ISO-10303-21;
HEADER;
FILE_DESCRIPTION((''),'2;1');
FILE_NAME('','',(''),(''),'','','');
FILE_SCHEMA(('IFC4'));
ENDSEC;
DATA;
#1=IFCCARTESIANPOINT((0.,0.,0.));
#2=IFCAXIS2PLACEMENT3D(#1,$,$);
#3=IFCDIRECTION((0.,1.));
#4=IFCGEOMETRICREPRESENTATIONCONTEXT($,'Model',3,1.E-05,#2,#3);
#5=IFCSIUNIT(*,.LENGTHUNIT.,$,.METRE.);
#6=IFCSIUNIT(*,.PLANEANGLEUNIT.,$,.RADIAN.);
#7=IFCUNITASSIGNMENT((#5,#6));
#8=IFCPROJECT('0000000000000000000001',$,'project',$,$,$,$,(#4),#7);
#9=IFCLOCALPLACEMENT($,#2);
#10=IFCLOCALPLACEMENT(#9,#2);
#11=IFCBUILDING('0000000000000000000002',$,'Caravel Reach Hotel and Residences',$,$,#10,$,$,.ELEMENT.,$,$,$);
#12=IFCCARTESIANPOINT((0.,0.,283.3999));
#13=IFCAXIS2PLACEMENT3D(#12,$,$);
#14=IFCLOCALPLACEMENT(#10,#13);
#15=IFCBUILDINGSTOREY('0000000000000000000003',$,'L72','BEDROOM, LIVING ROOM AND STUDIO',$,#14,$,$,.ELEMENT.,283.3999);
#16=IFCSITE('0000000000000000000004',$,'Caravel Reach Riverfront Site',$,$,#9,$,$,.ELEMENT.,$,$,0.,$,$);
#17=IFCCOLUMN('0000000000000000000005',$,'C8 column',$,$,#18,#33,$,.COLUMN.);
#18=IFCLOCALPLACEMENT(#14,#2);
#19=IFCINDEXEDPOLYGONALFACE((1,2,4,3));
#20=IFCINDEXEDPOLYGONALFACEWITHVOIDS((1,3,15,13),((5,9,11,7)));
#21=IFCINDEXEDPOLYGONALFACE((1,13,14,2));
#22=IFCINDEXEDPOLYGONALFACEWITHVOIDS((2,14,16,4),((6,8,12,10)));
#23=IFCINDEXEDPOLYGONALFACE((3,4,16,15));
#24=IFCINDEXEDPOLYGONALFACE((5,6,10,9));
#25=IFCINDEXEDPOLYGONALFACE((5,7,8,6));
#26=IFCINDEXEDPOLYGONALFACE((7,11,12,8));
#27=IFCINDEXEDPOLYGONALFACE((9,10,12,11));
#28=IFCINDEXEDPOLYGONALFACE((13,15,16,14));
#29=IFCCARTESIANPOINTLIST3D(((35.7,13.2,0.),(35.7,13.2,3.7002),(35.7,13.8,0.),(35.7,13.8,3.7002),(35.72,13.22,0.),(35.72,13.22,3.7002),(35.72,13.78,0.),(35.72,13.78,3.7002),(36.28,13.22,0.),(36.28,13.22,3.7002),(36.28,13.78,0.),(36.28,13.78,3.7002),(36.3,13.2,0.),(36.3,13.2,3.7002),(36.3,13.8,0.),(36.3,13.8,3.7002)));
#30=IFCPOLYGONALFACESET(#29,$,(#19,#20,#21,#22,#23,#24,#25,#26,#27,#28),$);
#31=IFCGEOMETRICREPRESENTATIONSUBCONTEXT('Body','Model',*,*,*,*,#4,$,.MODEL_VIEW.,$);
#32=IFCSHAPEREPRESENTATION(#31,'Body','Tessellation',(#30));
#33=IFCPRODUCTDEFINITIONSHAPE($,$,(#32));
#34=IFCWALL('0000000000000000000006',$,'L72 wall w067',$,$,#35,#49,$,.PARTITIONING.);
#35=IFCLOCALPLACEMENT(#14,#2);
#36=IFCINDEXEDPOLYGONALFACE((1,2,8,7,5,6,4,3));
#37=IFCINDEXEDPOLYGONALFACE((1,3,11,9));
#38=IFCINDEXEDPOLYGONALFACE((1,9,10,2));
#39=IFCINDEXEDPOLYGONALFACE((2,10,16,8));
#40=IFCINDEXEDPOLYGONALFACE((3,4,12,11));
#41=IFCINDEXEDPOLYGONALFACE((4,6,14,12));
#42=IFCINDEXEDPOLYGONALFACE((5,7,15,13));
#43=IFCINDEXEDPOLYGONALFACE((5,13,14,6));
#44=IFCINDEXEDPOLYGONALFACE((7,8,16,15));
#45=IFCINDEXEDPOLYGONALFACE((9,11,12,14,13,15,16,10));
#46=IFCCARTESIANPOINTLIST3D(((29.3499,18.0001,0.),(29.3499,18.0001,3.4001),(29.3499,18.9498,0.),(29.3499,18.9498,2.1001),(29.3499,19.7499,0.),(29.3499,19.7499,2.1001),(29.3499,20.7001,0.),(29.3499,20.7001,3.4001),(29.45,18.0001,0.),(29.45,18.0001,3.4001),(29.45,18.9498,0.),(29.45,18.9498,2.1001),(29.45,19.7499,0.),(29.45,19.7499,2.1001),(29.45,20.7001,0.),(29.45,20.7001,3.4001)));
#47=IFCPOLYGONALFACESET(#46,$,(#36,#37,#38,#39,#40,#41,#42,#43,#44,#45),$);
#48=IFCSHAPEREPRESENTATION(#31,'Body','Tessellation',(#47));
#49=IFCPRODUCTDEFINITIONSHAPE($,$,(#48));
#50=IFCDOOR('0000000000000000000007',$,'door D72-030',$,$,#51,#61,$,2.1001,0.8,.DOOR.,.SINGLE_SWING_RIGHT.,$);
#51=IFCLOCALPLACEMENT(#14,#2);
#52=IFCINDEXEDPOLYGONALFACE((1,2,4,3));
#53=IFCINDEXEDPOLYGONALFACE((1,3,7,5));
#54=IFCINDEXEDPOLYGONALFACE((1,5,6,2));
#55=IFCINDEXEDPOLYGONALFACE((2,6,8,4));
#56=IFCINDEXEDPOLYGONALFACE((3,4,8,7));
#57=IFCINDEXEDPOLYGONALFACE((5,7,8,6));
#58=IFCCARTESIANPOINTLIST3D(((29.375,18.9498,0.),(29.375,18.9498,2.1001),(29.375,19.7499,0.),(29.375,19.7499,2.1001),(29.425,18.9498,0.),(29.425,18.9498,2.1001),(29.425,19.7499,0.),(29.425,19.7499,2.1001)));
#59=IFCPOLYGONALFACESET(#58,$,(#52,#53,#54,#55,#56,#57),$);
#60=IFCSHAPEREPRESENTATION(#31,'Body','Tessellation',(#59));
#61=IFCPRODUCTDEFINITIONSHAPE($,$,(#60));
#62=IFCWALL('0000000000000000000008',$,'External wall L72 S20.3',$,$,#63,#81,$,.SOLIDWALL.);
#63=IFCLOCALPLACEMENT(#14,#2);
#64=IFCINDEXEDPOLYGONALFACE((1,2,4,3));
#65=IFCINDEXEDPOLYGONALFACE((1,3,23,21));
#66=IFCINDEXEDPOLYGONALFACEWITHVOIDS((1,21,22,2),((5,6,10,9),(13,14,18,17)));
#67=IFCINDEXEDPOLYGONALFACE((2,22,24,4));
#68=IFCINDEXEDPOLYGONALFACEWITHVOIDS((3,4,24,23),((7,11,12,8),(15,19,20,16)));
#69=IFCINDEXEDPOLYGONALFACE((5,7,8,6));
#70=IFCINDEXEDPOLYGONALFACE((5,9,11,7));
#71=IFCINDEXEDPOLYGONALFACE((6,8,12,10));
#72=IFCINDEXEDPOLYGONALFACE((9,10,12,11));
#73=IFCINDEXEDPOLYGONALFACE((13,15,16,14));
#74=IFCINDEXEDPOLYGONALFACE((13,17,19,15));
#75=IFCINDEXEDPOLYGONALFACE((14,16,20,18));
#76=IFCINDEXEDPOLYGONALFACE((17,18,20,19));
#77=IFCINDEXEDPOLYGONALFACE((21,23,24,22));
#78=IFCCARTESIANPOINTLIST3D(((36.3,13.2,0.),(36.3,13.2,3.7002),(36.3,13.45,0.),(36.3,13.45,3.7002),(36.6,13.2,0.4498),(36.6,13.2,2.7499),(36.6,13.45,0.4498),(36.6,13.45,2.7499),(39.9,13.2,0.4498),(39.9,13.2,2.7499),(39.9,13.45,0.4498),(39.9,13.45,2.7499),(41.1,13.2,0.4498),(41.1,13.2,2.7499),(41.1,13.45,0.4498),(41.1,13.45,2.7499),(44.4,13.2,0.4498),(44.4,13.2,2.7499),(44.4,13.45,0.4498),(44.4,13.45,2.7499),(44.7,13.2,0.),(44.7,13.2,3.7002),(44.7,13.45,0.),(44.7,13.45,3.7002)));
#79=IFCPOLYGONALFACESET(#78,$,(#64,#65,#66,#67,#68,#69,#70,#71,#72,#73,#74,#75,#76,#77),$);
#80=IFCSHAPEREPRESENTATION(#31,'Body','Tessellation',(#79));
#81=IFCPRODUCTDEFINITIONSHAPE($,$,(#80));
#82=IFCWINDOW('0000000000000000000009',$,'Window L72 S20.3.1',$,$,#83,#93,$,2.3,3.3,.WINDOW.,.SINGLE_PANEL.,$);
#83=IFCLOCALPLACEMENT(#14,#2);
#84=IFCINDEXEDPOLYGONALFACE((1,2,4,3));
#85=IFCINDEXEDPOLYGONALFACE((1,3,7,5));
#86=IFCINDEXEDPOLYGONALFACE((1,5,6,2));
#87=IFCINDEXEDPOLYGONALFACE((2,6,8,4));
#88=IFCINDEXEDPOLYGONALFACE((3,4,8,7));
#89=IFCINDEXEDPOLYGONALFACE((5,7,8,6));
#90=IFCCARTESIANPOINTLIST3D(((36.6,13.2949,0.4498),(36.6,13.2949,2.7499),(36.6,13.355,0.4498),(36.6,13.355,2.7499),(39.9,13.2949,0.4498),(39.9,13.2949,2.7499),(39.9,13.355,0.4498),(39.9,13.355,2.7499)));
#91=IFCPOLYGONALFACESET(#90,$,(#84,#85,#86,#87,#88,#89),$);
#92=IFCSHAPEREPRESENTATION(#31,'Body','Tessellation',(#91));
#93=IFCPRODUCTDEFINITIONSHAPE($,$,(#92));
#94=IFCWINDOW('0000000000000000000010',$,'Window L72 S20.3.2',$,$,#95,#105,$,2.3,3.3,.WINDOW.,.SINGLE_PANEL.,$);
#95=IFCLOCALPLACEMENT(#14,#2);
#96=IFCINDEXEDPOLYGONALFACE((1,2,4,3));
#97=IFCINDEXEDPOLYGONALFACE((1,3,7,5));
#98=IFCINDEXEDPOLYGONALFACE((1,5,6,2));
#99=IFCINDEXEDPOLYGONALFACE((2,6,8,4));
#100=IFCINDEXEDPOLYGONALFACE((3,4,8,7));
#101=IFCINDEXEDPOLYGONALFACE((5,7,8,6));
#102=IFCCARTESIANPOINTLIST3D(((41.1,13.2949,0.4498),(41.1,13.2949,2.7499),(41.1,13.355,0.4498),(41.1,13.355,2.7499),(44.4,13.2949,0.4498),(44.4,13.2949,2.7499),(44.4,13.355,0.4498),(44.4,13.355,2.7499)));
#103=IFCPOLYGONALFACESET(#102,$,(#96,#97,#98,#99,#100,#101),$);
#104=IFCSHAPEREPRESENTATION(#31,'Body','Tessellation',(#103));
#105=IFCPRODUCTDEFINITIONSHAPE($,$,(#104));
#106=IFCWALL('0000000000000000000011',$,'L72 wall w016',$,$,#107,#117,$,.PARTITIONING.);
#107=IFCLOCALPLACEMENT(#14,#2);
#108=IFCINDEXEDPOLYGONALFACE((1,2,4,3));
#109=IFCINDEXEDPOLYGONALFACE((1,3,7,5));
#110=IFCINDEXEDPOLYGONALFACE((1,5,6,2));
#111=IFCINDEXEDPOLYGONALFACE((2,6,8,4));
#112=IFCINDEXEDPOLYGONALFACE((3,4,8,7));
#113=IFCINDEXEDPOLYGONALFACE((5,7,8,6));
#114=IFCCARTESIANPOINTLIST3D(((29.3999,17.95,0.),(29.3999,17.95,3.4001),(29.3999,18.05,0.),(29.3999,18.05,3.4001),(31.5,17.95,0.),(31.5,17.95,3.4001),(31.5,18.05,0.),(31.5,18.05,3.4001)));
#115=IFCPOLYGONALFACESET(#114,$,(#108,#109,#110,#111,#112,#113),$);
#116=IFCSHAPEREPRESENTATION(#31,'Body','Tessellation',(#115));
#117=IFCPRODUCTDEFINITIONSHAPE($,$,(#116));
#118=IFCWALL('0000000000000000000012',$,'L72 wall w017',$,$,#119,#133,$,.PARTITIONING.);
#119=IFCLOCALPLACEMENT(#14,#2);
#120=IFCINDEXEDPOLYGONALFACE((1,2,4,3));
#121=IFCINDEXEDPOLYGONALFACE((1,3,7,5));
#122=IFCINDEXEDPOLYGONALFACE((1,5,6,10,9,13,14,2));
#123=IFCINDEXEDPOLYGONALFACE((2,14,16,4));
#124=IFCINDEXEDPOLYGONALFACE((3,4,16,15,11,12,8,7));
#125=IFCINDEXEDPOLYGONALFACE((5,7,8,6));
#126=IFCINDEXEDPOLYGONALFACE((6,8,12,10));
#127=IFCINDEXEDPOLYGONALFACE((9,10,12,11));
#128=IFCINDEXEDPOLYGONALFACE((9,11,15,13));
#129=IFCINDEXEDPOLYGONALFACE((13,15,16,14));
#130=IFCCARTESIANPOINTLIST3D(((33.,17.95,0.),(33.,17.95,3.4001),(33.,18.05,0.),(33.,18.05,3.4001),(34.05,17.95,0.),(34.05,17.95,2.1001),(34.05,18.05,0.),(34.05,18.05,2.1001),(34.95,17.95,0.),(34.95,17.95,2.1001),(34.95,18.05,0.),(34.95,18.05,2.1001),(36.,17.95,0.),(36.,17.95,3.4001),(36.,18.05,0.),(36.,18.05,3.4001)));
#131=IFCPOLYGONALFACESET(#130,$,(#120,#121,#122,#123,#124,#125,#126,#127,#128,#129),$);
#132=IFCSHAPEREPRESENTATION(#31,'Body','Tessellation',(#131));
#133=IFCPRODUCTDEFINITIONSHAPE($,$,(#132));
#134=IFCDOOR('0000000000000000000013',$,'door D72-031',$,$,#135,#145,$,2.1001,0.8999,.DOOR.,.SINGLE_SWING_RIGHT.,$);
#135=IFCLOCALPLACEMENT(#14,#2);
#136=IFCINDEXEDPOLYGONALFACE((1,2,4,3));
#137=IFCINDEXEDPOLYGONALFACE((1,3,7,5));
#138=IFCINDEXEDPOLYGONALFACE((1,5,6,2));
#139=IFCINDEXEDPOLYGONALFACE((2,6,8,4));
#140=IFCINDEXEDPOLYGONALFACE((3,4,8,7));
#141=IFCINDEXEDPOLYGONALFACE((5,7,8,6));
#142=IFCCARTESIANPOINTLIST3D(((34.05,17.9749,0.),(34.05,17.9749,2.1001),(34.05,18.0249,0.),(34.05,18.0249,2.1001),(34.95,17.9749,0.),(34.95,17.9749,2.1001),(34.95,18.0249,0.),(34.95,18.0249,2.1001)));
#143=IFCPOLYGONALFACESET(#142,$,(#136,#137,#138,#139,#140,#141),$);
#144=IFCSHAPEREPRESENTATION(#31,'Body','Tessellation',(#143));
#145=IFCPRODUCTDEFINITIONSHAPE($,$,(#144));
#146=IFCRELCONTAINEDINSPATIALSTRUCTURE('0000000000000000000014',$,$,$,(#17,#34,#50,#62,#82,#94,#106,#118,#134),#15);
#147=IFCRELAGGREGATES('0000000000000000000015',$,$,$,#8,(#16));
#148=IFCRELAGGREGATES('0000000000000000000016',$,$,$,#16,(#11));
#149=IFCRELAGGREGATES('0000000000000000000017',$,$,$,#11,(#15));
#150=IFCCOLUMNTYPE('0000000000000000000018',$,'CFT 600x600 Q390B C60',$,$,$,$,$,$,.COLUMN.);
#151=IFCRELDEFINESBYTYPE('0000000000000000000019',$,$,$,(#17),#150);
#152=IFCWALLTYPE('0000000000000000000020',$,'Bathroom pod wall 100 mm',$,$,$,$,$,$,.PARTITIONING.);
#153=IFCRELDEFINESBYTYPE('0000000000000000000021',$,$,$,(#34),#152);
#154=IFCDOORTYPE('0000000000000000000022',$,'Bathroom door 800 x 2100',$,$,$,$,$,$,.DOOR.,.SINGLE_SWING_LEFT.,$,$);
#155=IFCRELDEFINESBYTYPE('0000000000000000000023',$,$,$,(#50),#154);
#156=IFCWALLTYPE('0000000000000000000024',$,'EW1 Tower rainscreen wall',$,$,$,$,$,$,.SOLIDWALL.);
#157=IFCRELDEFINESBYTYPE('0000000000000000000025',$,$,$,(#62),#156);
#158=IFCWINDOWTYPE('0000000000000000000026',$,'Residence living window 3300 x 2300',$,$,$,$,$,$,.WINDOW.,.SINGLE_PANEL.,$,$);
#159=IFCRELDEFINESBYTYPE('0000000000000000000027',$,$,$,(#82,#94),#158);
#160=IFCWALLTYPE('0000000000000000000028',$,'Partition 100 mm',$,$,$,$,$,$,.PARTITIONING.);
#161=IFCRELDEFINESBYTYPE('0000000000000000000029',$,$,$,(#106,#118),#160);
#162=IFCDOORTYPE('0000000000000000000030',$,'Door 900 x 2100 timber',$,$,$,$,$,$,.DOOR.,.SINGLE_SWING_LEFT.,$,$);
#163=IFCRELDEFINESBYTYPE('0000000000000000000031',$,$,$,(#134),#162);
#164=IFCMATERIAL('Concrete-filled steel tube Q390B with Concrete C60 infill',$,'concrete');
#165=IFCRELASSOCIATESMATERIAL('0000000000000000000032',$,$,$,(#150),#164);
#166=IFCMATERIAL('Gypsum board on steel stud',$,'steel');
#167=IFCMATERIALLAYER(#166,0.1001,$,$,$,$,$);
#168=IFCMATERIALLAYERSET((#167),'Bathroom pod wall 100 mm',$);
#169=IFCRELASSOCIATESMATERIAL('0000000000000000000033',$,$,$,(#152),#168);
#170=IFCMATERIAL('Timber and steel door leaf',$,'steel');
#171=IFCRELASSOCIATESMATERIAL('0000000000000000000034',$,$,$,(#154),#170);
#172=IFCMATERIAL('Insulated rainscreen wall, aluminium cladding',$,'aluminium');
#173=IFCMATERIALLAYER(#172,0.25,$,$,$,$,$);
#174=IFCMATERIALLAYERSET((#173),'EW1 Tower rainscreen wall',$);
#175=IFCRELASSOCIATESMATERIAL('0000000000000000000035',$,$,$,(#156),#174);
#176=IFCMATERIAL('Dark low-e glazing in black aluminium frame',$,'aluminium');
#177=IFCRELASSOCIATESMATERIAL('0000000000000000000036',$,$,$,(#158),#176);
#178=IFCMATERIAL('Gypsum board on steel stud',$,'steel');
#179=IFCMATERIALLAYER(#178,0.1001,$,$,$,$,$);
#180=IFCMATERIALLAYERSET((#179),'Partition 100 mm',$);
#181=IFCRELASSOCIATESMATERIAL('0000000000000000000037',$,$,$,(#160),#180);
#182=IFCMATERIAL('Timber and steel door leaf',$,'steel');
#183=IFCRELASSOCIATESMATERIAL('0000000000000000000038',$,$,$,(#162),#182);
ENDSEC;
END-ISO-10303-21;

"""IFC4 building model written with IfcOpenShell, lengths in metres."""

from ifc_helpers import new_model, si_unit, direction, frame, frame_2d, origin, origin_2d, place, context, subcontext, project, spatial, rectangle, hollow_rectangle, extrude, material, layer, layer_set, material_profile, profile_set, type_object, element, fill, save


model = new_model("IFC4")

# Units and contexts
model_context = context("Model", 3, precision=1e-05, world=origin(), true_north=direction((0.0, 1.0)))
body_context = subcontext(model_context, "Body", "Model", "MODEL_VIEW")
ifc_project = project(units=[si_unit("LENGTHUNIT", "METRE"), si_unit("PLANEANGLEUNIT", "RADIAN")], contexts=[model_context])

# Site, building, storey
site_placement = place(None, origin())
site = spatial("IfcSite", under=ifc_project, at=site_placement, Name="Caravel Reach Riverfront Site", CompositionType="ELEMENT", RefElevation=0.0)
building_placement = place(site_placement, origin())
building = spatial("IfcBuilding", under=site, at=building_placement, Name="Caravel Reach Hotel and Residences", CompositionType="ELEMENT")
storey_placement = place(building_placement, frame((0.0, 0.0, 283.3999)))
storey = spatial("IfcBuildingStorey", under=building, at=storey_placement, Name="L72", Description="BEDROOM, LIVING ROOM AND STUDIO", CompositionType="ELEMENT", Elevation=283.3999)

# Column
ifc_material_1 = material(Name="Concrete-filled steel tube Q390B with Concrete C60 infill", Category="concrete")
ifc_material_profile = material_profile(ifc_material_1, hollow_rectangle(XDim=0.6001, YDim=0.6001, WallThickness=0.02, at=origin_2d()), Name="RHS 600x600x20")
ifc_profile_set = profile_set([ifc_material_profile], Name="Concrete-filled steel tube Q390B with Concrete C60 infill")
column_type = type_object("IfcColumnType", Name="CFT 600x600 Q390B C60", PredefinedType="COLUMN", material=ifc_profile_set)
column_placement = place(storey_placement, frame((36.0, 13.5, 0.0), z_axis=(0.0, 0.0, 1.0), x_axis=(1.0, 0.0, 0.0)))
element("IfcColumn", 1, at=column_placement, inside=storey, type_object=column_type, Name="C8 column", PredefinedType="COLUMN", context=body_context, shape_type="SweptSolid", body=[
    extrude(hollow_rectangle(XDim=0.6001, YDim=0.6001, WallThickness=0.02, at=origin_2d()), origin(), (0.0, 0.0, 1.0), 3.7002),
])

# Wall, opening, door
ifc_material_2 = material(Name="Gypsum board on steel stud", Category="steel")
ifc_layer_1 = layer(ifc_material_2, 0.1001)
ifc_layer_set_1 = layer_set([ifc_layer_1], Name="Bathroom pod wall 100 mm")
wall_type_1 = type_object("IfcWallType", Name="Bathroom pod wall 100 mm", PredefinedType="PARTITIONING", material=ifc_layer_set_1)
wall_1_placement = place(storey_placement, frame((29.3999, 18.0, 0.0), z_axis=(0.0, 0.0, 1.0), x_axis=(0.0, 1.0, 0.0)))
wall_1 = element("IfcWall", 2, at=wall_1_placement, inside=storey, type_object=wall_type_1, Name="L72 wall w067", PredefinedType="PARTITIONING", context=body_context, shape_type="SweptSolid", body=[
    extrude(rectangle(XDim=2.7, YDim=0.1001, at=frame_2d((1.3501, 0.0))), origin(), (0.0, 0.0, 1.0), 3.4001),
])
opening_1_placement = place(wall_1_placement, frame((0.95, 0.0, 0.0)))
opening_1 = element("IfcOpeningElement", 3, at=opening_1_placement, cuts=wall_1, PredefinedType="OPENING", context=body_context, shape_type="SweptSolid", body=[
    extrude(rectangle(XDim=0.8, YDim=2.1001, at=frame_2d((0.3999, 1.05))), frame((0.0, 0.0601, 0.0), z_axis=(0.0, -1.0, 0.0), x_axis=(1.0, 0.0, 0.0)), (0.0, 0.0, 1.0), 0.1201),
])
ifc_material_3 = material(Name="Timber and steel door leaf", Category="steel")
door_type_1 = type_object("IfcDoorType", Name="Bathroom door 800 x 2100", OperationType="SINGLE_SWING_LEFT", PredefinedType="DOOR", material=ifc_material_3)
door_1_placement = place(opening_1_placement, origin())
door_1 = element("IfcDoor", 4, at=door_1_placement, inside=storey, type_object=door_type_1, Name="door D72-030", OperationType="SINGLE_SWING_RIGHT", OverallHeight=2.1001, OverallWidth=0.8, PredefinedType="DOOR", context=body_context, shape_type="SweptSolid", body=[
    extrude(rectangle(XDim=0.8, YDim=2.1001, at=frame_2d((0.3999, 1.05))), frame((0.0, 0.0249, 0.0), z_axis=(0.0, -1.0, 0.0), x_axis=(1.0, 0.0, 0.0)), (0.0, 0.0, 1.0), 0.05),
])
fill(opening_1, door_1)

# Wall, openings, windows
ifc_material_4 = material(Name="Insulated rainscreen wall, aluminium cladding", Category="aluminium")
ifc_layer_2 = layer(ifc_material_4, 0.25)
ifc_layer_set_2 = layer_set([ifc_layer_2], Name="EW1 Tower rainscreen wall")
wall_type_2 = type_object("IfcWallType", Name="EW1 Tower rainscreen wall", PredefinedType="SOLIDWALL", material=ifc_layer_set_2)
wall_2_placement = place(storey_placement, frame((36.3, 13.325, 0.0), z_axis=(0.0, 0.0, 1.0), x_axis=(1.0, 0.0, 0.0)))
wall_2 = element("IfcWall", 5, at=wall_2_placement, inside=storey, type_object=wall_type_2, Name="External wall L72 S20.3", PredefinedType="SOLIDWALL", context=body_context, shape_type="SweptSolid", body=[
    extrude(rectangle(XDim=8.3999, YDim=0.25, at=frame_2d((4.2, 0.0))), origin(), (0.0, 0.0, 1.0), 3.7002),
])
opening_2_placement = place(wall_2_placement, frame((0.3, 0.0, 0.45)))
opening_2 = element("IfcOpeningElement", 6, at=opening_2_placement, cuts=wall_2, PredefinedType="OPENING", context=body_context, shape_type="SweptSolid", body=[
    extrude(rectangle(XDim=3.3, YDim=2.3, at=frame_2d((1.6499, 1.1499))), frame((0.0, 0.135, 0.0), z_axis=(0.0, -1.0, 0.0), x_axis=(1.0, 0.0, 0.0)), (0.0, 0.0, 1.0), 0.27),
])
opening_3_placement = place(wall_2_placement, frame((4.8, 0.0, 0.45)))
opening_3 = element("IfcOpeningElement", 7, at=opening_3_placement, cuts=wall_2, PredefinedType="OPENING", context=body_context, shape_type="SweptSolid", body=[
    extrude(rectangle(XDim=3.3, YDim=2.3, at=frame_2d((1.6499, 1.1499))), frame((0.0, 0.135, 0.0), z_axis=(0.0, -1.0, 0.0), x_axis=(1.0, 0.0, 0.0)), (0.0, 0.0, 1.0), 0.27),
])
ifc_material_5 = material(Name="Dark low-e glazing in black aluminium frame", Category="aluminium")
window_type = type_object("IfcWindowType", Name="Residence living window 3300 x 2300", PartitioningType="SINGLE_PANEL", PredefinedType="WINDOW", material=ifc_material_5)
window_1_placement = place(opening_2_placement, origin())
window_1 = element("IfcWindow", 8, at=window_1_placement, inside=storey, type_object=window_type, Name="Window L72 S20.3.1", OverallHeight=2.3, OverallWidth=3.3, PartitioningType="SINGLE_PANEL", PredefinedType="WINDOW", context=body_context, shape_type="SweptSolid", body=[
    extrude(rectangle(XDim=3.3, YDim=2.3, at=frame_2d((1.6499, 1.1499))), frame((0.0, 0.03, 0.0), z_axis=(0.0, -1.0, 0.0), x_axis=(1.0, 0.0, 0.0)), (0.0, 0.0, 1.0), 0.0601),
])
fill(opening_2, window_1)
window_2_placement = place(opening_3_placement, origin())
window_2 = element("IfcWindow", 9, at=window_2_placement, inside=storey, type_object=window_type, Name="Window L72 S20.3.2", OverallHeight=2.3, OverallWidth=3.3, PartitioningType="SINGLE_PANEL", PredefinedType="WINDOW", context=body_context, shape_type="SweptSolid", body=[
    extrude(rectangle(XDim=3.3, YDim=2.3, at=frame_2d((1.6499, 1.1499))), frame((0.0, 0.03, 0.0), z_axis=(0.0, -1.0, 0.0), x_axis=(1.0, 0.0, 0.0)), (0.0, 0.0, 1.0), 0.0601),
])
fill(opening_3, window_2)

# Wall
ifc_material_6 = material(Name="Gypsum board on steel stud", Category="steel")
ifc_layer_3 = layer(ifc_material_6, 0.1001)
ifc_layer_set_3 = layer_set([ifc_layer_3], Name="Partition 100 mm")
wall_type_3 = type_object("IfcWallType", Name="Partition 100 mm", PredefinedType="PARTITIONING", material=ifc_layer_set_3)
wall_3_placement = place(storey_placement, frame((29.3999, 18.0, 0.0), z_axis=(0.0, 0.0, 1.0), x_axis=(1.0, 0.0, 0.0)))
element("IfcWall", 10, at=wall_3_placement, inside=storey, type_object=wall_type_3, Name="L72 wall w016", PredefinedType="PARTITIONING", context=body_context, shape_type="SweptSolid", body=[
    extrude(rectangle(XDim=2.1001, YDim=0.1001, at=frame_2d((1.05, 0.0))), origin(), (0.0, 0.0, 1.0), 3.4001),
])

# Wall, opening, door
wall_4_placement = place(storey_placement, frame((33.0, 18.0, 0.0), z_axis=(0.0, 0.0, 1.0), x_axis=(1.0, 0.0, 0.0)))
wall_4 = element("IfcWall", 11, at=wall_4_placement, inside=storey, type_object=wall_type_3, Name="L72 wall w017", PredefinedType="PARTITIONING", context=body_context, shape_type="SweptSolid", body=[
    extrude(rectangle(XDim=3.0, YDim=0.1001, at=frame_2d((1.5, 0.0))), origin(), (0.0, 0.0, 1.0), 3.4001),
])
opening_4_placement = place(wall_4_placement, frame((1.05, 0.0, 0.0)))
opening_4 = element("IfcOpeningElement", 12, at=opening_4_placement, cuts=wall_4, PredefinedType="OPENING", context=body_context, shape_type="SweptSolid", body=[
    extrude(rectangle(XDim=0.8999, YDim=2.1001, at=frame_2d((0.45, 1.05))), frame((0.0, 0.0601, 0.0), z_axis=(0.0, -1.0, 0.0), x_axis=(1.0, 0.0, 0.0)), (0.0, 0.0, 1.0), 0.1201),
])
ifc_material_7 = material(Name="Timber and steel door leaf", Category="steel")
door_type_2 = type_object("IfcDoorType", Name="Door 900 x 2100 timber", OperationType="SINGLE_SWING_LEFT", PredefinedType="DOOR", material=ifc_material_7)
door_2_placement = place(opening_4_placement, origin())
door_2 = element("IfcDoor", 13, at=door_2_placement, inside=storey, type_object=door_type_2, Name="door D72-031", OperationType="SINGLE_SWING_RIGHT", OverallHeight=2.1001, OverallWidth=0.8999, PredefinedType="DOOR", context=body_context, shape_type="SweptSolid", body=[
    extrude(rectangle(XDim=0.8999, YDim=2.1001, at=frame_2d((0.45, 1.05))), frame((0.0, 0.0249, 0.0), z_axis=(0.0, -1.0, 0.0), x_axis=(1.0, 0.0, 0.0)), (0.0, 0.0, 1.0), 0.05),
])
fill(opening_4, door_2)

save(model, "model.ifc")
